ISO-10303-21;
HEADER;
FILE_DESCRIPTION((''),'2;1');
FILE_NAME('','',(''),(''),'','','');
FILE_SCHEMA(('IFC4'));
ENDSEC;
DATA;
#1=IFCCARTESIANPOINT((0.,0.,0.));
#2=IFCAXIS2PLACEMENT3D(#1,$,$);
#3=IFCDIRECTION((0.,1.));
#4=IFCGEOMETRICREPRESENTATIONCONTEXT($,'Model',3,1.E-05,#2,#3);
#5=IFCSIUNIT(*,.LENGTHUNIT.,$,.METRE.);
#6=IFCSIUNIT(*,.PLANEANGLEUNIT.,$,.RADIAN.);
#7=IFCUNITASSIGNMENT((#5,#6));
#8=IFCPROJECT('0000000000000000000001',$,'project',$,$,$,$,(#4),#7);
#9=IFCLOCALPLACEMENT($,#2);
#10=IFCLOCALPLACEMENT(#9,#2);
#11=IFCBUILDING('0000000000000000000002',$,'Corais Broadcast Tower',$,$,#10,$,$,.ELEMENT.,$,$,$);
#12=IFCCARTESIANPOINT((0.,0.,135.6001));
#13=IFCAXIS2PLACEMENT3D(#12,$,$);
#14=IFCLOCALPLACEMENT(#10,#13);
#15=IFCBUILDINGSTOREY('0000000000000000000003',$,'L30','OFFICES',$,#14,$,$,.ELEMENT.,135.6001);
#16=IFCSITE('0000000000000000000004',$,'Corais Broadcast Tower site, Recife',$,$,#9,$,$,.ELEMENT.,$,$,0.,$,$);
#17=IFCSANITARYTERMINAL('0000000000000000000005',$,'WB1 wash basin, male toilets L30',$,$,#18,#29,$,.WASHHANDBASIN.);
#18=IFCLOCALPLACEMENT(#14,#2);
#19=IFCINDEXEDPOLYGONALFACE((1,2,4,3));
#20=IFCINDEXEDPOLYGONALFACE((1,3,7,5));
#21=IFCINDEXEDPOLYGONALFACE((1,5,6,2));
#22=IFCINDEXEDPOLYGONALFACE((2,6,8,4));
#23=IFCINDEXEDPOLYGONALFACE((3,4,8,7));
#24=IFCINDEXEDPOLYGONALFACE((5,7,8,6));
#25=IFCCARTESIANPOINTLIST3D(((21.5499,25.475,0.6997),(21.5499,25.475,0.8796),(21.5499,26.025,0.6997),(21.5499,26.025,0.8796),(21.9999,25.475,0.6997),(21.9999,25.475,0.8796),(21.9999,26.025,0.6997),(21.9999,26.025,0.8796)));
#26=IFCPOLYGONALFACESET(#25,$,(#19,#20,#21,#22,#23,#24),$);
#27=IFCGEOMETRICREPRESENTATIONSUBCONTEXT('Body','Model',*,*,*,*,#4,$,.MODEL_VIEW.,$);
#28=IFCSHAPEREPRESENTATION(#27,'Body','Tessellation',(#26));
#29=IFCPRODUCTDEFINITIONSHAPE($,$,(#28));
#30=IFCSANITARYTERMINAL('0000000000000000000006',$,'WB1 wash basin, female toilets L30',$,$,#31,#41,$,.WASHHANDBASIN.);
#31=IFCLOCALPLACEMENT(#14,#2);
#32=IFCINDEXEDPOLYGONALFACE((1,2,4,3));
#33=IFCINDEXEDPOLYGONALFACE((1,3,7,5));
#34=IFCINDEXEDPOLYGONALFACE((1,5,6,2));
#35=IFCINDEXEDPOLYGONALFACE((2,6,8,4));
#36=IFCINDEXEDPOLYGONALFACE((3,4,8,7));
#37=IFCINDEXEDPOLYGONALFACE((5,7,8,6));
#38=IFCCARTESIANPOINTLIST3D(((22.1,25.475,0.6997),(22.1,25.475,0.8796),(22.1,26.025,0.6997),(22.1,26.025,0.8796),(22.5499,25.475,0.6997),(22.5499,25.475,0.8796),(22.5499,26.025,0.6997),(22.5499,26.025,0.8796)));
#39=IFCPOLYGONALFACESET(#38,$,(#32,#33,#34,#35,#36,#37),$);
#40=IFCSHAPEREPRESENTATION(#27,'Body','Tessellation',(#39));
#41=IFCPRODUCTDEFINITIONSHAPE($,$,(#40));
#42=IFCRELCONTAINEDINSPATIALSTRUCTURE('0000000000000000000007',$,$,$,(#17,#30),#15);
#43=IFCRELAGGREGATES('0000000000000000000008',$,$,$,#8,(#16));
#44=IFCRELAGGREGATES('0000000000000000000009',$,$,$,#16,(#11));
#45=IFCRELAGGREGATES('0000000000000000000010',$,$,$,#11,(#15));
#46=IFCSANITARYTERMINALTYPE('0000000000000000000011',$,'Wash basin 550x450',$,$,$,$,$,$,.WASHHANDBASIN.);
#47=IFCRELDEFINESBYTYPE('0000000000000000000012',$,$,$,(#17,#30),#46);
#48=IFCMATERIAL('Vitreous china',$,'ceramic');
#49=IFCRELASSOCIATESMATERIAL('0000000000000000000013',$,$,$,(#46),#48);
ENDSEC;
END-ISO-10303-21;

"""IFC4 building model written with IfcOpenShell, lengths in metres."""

from ifc_helpers import new_model, si_unit, direction, frame, origin, origin_2d, place, context, subcontext, project, spatial, rectangle, extrude, material, type_object, element, save


model = new_model("IFC4")

# Units and contexts
model_context = context("Model", 3, precision=1e-05, world=origin(), true_north=direction((0.0, 1.0)))
body_context = subcontext(model_context, "Body", "Model", "MODEL_VIEW")
ifc_project = project(units=[si_unit("LENGTHUNIT", "METRE"), si_unit("PLANEANGLEUNIT", "RADIAN")], contexts=[model_context])

# Site, building, storey
site_placement = place(None, origin())
site = spatial("IfcSite", under=ifc_project, at=site_placement, Name="Corais Broadcast Tower site, Recife", CompositionType="ELEMENT", RefElevation=0.0)
building_placement = place(site_placement, origin())
building = spatial("IfcBuilding", under=site, at=building_placement, Name="Corais Broadcast Tower", CompositionType="ELEMENT")
storey_placement = place(building_placement, frame((0.0, 0.0, 135.6001)))
storey = spatial("IfcBuildingStorey", under=building, at=storey_placement, Name="L30", Description="OFFICES", CompositionType="ELEMENT", Elevation=135.6001)

# Sanitary terminals
ifc_material_1 = material(Name="Vitreous china", Category="ceramic")
sanitary_terminal_type_1 = type_object("IfcSanitaryTerminalType", Name="Wash basin 550x450", PredefinedType="WASHHANDBASIN", material=ifc_material_1)
for number, where, z_axis, x_axis, name in (
    (1, (21.7749, 25.75, 0.6997), (0.0, 0.0, 1.0), (1.0, 0.0, 0.0), "WB1 wash basin, male toilets L30"),
    (2, (22.325, 25.75, 0.6997), (0.0, 0.0, 1.0), (1.0, 0.0, 0.0), "WB1 wash basin, female toilets L30"),
):
    element("IfcSanitaryTerminal", number, at=place(storey_placement, frame(where, z_axis=z_axis, x_axis=x_axis)), inside=storey, type_object=sanitary_terminal_type_1, Name=name, PredefinedType="WASHHANDBASIN", context=body_context, shape_type="SweptSolid", body=[
        extrude(rectangle(XDim=0.45, YDim=0.55, at=origin_2d()), origin(), (0.0, 0.0, 1.0), 0.1799),
    ])

save(model, "model.ifc")
